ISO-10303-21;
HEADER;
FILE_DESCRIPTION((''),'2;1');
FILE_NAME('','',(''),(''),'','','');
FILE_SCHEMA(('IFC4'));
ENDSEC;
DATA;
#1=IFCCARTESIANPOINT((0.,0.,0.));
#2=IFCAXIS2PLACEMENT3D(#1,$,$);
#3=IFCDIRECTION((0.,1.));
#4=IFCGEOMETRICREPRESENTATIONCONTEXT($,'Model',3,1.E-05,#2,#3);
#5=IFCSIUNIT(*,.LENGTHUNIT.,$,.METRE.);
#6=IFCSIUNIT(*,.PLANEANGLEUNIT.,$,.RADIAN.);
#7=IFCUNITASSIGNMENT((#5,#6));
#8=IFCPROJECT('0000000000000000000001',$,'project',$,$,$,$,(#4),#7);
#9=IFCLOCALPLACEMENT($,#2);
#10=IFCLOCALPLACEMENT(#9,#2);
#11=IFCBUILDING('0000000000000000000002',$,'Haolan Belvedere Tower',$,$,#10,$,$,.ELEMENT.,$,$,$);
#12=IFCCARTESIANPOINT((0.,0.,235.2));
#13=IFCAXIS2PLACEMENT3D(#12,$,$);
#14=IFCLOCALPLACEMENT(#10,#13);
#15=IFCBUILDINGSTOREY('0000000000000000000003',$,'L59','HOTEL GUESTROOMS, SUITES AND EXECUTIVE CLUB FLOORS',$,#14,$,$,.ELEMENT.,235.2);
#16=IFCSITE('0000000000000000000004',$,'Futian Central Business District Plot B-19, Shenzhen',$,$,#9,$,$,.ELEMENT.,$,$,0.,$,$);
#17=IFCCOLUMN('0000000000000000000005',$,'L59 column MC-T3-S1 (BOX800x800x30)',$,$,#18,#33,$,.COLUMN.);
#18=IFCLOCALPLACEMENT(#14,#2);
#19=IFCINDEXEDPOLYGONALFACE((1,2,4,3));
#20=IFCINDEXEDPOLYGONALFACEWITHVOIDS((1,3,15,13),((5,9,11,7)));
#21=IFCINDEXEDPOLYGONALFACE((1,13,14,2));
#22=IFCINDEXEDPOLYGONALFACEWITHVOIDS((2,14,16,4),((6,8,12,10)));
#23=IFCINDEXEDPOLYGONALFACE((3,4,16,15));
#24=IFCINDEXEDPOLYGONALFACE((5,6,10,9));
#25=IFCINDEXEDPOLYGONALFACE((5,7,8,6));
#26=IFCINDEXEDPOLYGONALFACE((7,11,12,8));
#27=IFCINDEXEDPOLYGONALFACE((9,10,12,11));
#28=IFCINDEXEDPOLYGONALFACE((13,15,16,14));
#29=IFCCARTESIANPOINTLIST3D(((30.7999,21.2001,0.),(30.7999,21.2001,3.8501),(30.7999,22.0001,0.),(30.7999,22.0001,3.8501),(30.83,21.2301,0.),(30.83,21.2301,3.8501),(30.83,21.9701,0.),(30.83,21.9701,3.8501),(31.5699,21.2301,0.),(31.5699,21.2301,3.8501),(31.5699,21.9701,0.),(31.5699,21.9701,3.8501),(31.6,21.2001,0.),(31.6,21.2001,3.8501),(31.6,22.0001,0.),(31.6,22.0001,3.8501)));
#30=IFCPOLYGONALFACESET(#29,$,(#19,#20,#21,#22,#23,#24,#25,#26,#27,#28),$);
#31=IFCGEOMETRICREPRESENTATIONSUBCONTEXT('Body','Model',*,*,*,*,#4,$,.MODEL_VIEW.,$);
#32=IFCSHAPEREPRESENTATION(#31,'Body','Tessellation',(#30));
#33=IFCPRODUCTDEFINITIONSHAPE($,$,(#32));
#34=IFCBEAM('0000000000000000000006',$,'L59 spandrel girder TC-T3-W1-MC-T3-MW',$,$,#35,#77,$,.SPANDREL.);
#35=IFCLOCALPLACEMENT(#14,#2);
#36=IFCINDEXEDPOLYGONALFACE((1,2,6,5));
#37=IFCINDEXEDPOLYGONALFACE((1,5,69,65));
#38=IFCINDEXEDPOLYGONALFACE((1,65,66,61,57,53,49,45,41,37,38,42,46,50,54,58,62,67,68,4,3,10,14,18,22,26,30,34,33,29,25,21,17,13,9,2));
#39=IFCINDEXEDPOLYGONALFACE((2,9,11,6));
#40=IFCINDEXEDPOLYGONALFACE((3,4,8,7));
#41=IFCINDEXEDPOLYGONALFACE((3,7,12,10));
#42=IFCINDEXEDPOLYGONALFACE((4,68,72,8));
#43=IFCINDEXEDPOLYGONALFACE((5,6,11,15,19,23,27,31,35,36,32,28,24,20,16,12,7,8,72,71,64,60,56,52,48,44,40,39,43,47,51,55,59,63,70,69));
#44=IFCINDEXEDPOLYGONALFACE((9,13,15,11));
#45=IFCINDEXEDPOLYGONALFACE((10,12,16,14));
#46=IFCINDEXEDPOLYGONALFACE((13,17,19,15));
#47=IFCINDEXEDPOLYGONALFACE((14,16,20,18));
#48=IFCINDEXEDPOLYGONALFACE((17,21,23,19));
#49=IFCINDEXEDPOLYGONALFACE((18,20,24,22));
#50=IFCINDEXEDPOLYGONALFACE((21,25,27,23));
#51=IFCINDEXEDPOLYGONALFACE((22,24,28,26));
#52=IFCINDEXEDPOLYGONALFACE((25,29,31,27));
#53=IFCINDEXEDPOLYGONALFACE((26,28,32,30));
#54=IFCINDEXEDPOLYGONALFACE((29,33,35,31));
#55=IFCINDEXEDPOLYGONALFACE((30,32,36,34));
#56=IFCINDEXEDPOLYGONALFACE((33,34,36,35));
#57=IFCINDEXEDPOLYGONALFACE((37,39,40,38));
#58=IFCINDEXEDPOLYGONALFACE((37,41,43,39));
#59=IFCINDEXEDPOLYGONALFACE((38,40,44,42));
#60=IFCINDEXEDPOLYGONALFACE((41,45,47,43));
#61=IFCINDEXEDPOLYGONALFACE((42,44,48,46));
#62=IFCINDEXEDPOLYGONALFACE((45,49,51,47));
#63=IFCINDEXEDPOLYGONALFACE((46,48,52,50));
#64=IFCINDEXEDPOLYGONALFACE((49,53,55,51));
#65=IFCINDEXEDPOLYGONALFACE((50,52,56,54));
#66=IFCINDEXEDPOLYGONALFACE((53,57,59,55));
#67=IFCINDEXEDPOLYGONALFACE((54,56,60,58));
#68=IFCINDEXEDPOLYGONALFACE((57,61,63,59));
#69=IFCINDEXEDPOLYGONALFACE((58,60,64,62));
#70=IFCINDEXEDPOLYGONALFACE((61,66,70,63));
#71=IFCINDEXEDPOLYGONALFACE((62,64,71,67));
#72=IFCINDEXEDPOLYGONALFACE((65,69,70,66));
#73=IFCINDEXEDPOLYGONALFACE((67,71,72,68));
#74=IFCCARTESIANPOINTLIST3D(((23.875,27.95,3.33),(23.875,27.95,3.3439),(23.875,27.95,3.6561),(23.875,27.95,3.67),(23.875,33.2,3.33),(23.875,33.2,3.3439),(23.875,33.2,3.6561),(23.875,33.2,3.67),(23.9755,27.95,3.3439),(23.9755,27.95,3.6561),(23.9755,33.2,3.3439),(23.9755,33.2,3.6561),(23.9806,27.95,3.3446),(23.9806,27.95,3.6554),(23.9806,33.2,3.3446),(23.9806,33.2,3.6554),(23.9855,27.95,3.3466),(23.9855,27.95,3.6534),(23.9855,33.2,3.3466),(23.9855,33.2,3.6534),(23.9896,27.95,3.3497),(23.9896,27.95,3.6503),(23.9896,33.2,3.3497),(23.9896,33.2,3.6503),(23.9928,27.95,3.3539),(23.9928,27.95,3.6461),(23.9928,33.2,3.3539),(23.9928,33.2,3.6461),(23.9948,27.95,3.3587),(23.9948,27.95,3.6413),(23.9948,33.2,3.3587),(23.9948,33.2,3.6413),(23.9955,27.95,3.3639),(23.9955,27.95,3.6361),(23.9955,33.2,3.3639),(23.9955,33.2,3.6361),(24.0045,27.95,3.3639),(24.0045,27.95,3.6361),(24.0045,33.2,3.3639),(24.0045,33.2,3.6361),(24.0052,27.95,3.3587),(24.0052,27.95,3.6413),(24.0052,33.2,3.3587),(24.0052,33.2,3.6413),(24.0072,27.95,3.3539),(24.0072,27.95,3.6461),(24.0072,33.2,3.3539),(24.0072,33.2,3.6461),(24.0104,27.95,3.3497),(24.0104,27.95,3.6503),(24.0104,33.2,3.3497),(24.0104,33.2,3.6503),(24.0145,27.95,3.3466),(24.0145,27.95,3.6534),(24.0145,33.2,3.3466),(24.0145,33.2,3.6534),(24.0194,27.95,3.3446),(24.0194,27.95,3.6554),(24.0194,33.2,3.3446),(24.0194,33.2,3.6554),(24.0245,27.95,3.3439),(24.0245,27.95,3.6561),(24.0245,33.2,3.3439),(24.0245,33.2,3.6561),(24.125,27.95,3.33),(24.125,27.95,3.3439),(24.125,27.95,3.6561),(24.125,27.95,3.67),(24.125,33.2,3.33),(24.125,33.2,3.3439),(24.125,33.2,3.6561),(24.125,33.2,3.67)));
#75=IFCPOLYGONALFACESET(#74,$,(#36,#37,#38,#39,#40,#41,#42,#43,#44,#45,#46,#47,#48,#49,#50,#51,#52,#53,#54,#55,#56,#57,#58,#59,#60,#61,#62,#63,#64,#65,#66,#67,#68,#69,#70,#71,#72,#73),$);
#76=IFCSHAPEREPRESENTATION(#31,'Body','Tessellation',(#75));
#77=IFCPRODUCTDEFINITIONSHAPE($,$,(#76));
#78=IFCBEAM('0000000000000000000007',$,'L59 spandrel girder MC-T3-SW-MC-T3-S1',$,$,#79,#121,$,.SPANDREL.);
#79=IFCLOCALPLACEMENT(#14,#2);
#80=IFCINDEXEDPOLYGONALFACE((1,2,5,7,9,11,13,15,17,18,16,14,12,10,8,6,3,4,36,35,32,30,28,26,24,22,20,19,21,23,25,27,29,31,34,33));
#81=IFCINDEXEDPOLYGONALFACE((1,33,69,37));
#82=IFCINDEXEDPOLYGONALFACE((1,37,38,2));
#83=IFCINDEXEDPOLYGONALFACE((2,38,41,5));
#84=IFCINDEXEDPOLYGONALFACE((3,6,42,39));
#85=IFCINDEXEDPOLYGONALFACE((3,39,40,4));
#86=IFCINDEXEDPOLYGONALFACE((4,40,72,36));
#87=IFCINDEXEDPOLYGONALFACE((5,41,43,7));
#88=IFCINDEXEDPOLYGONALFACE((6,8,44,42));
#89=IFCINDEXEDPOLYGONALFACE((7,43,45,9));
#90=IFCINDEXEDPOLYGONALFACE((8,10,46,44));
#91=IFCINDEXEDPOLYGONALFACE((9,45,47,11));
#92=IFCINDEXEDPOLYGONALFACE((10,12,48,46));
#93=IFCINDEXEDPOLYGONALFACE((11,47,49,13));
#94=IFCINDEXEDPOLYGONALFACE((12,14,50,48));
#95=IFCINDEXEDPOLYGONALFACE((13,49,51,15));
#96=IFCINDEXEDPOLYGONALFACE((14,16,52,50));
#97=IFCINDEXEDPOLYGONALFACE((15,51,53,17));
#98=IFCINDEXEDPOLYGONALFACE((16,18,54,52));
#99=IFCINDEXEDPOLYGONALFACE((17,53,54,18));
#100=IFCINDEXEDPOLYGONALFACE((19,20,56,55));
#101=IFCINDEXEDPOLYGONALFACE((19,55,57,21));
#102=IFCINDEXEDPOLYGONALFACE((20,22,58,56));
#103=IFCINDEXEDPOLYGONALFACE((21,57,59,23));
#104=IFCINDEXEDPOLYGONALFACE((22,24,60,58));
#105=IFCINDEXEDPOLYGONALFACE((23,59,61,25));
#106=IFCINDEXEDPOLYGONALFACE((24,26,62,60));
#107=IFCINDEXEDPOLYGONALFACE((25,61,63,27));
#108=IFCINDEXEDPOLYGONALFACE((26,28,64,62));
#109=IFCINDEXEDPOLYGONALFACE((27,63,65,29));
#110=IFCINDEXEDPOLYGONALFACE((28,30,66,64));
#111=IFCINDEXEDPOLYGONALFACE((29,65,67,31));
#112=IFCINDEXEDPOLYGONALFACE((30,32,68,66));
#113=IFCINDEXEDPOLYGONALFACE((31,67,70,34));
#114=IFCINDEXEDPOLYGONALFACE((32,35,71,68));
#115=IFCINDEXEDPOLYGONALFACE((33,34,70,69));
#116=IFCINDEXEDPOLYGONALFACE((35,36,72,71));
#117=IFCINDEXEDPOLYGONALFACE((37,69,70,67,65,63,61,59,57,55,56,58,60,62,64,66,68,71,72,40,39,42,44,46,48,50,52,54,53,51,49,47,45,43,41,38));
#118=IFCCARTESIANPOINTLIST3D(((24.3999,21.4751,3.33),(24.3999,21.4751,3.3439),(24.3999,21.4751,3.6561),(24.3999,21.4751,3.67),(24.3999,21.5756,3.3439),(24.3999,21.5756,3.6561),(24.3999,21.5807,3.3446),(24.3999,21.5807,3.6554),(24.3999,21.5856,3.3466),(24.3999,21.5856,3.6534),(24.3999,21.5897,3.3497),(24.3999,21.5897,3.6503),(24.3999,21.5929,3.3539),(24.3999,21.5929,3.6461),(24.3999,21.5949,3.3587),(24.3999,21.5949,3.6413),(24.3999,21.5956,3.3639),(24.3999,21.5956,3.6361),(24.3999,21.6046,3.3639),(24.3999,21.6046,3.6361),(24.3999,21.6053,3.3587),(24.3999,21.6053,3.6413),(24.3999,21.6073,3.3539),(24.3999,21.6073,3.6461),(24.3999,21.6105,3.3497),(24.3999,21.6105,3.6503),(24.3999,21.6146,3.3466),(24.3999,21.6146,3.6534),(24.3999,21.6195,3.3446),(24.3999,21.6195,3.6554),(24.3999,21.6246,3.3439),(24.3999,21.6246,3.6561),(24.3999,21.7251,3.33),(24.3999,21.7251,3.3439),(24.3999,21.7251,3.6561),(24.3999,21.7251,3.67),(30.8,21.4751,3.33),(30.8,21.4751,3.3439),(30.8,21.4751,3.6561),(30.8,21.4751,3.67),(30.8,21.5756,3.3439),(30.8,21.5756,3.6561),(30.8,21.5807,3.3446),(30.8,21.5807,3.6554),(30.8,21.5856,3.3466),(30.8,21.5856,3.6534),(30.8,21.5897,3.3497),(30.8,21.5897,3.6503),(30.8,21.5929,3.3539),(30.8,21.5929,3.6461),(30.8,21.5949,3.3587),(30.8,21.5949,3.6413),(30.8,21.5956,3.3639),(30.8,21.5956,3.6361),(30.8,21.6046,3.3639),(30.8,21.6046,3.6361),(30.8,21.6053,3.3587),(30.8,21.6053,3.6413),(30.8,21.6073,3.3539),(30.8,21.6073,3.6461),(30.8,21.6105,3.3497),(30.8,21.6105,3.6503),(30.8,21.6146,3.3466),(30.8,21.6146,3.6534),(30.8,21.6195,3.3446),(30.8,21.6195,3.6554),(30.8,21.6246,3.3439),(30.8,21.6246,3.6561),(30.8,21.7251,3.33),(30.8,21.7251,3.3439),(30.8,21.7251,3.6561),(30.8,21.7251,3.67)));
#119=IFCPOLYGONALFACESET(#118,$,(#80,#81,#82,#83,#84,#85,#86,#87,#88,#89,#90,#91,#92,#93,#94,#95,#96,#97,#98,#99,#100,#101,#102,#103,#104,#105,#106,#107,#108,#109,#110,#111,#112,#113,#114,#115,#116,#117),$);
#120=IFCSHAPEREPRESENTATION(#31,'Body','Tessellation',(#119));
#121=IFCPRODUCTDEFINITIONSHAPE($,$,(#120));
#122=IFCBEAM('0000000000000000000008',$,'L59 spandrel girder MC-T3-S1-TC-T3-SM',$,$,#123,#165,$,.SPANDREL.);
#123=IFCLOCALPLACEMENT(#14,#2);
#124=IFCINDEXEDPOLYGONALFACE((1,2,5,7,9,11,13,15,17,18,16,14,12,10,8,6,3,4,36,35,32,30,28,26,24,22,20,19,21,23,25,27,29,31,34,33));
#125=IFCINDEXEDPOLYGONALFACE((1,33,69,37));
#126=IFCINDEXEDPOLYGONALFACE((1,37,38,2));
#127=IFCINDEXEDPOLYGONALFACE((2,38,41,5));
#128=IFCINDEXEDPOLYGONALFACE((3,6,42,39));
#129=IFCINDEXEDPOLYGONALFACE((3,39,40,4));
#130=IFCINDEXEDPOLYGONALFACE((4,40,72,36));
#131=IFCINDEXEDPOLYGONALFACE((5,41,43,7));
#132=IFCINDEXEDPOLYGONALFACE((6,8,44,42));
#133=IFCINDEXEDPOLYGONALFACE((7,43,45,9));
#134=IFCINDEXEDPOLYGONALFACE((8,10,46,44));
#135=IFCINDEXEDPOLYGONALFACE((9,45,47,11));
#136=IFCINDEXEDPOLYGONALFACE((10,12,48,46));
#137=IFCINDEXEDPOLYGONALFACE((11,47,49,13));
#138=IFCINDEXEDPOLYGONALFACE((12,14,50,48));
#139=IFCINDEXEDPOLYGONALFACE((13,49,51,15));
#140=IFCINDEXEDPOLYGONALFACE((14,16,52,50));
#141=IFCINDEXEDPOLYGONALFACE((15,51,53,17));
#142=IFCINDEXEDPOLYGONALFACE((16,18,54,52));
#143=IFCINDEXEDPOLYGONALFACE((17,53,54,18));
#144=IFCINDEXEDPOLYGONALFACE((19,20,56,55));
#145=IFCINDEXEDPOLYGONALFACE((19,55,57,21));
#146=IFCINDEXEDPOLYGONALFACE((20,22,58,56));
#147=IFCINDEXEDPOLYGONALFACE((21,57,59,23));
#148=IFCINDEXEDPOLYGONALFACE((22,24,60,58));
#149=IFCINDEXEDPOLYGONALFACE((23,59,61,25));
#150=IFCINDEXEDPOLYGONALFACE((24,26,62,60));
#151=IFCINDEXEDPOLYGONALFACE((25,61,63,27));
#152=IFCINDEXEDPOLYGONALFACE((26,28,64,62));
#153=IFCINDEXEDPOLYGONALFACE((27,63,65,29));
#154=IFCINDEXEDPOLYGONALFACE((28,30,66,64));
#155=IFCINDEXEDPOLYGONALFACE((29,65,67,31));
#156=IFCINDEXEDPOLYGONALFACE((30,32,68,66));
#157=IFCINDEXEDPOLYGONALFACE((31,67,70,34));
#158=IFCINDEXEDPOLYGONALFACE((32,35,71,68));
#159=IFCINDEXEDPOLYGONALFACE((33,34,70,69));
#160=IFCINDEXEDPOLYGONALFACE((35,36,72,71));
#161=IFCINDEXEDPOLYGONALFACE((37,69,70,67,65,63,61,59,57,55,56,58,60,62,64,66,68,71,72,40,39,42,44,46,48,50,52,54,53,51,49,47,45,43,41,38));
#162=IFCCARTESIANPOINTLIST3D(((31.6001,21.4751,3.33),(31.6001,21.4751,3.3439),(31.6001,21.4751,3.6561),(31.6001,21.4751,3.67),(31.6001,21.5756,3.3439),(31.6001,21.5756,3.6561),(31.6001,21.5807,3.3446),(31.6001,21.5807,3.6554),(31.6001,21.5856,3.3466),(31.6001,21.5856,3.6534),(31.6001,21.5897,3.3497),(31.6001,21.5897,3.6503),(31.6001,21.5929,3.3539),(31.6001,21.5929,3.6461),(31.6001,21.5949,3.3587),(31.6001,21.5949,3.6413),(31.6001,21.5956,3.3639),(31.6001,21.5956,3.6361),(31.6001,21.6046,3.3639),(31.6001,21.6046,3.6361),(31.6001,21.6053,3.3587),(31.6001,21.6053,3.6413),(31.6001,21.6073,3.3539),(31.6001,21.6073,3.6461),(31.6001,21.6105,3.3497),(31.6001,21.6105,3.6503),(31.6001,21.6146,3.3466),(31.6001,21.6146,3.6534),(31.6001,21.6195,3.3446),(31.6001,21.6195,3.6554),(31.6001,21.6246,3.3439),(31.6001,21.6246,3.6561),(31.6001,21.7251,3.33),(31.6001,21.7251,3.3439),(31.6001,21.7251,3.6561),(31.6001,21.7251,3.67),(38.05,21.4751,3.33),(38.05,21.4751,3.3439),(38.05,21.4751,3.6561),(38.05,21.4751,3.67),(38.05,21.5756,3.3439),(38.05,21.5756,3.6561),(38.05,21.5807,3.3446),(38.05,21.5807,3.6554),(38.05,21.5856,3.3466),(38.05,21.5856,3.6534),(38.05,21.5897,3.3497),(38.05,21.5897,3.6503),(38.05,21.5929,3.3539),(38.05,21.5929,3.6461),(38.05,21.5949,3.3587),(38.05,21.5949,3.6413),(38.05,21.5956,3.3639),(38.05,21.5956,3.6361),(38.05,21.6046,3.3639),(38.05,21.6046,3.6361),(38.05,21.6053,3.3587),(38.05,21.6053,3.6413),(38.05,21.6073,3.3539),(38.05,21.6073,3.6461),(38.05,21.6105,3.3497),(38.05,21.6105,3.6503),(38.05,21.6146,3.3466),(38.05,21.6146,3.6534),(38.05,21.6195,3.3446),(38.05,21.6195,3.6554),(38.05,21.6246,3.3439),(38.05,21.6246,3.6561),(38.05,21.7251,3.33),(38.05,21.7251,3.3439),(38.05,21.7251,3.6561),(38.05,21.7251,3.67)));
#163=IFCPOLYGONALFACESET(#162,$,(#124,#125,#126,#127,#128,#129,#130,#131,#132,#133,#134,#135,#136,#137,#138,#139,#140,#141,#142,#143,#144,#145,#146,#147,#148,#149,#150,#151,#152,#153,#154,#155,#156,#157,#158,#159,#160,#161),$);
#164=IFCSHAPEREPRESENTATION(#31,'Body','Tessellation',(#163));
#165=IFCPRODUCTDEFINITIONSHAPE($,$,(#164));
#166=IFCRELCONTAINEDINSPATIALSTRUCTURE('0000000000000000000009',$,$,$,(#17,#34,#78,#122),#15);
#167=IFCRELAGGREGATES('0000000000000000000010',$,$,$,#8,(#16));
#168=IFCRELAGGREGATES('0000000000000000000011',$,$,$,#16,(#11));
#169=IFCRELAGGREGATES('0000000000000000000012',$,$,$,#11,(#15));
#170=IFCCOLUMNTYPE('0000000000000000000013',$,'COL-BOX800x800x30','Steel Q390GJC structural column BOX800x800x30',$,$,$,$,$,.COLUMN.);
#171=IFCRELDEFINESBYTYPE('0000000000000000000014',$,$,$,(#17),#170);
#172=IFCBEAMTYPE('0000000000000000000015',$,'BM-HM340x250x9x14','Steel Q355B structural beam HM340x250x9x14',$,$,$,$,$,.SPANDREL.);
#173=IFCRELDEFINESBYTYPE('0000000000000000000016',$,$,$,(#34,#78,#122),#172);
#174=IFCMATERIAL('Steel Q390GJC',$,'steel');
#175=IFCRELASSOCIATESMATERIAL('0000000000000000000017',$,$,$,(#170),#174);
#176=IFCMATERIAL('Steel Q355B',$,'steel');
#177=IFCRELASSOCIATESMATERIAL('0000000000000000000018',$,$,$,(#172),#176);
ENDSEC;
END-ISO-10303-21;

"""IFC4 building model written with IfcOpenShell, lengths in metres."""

from ifc_helpers import new_model, si_unit, direction, frame, origin, origin_2d, place, context, subcontext, project, spatial, hollow_rectangle, i_section, extrude, material, material_profile, profile_set, type_object, element, save


model = new_model("IFC4")

# Units and contexts
model_context = context("Model", 3, precision=1e-05, world=origin(), true_north=direction((0.0, 1.0)))
body_context = subcontext(model_context, "Body", "Model", "MODEL_VIEW")
ifc_project = project(units=[si_unit("LENGTHUNIT", "METRE"), si_unit("PLANEANGLEUNIT", "RADIAN")], contexts=[model_context])

# Site, building, storey
site_placement = place(None, origin())
site = spatial("IfcSite", under=ifc_project, at=site_placement, Name="Futian Central Business District Plot B-19, Shenzhen", CompositionType="ELEMENT", RefElevation=0.0)
building_placement = place(site_placement, origin())
building = spatial("IfcBuilding", under=site, at=building_placement, Name="Haolan Belvedere Tower", CompositionType="ELEMENT")
storey_placement = place(building_placement, frame((0.0, 0.0, 235.2)))
storey = spatial("IfcBuildingStorey", under=building, at=storey_placement, Name="L59", Description="HOTEL GUESTROOMS, SUITES AND EXECUTIVE CLUB FLOORS", CompositionType="ELEMENT", Elevation=235.2)

# Column
ifc_material_1 = material(Name="Steel Q390GJC", Category="steel")
ifc_material_profile_1 = material_profile(ifc_material_1, hollow_rectangle(XDim=0.8, YDim=0.8, WallThickness=0.03, at=origin_2d()), Name="Steel Q390GJC")
ifc_profile_set_1 = profile_set([ifc_material_profile_1], Name="Steel Q390GJC")
column_type = type_object("IfcColumnType", Name="COL-BOX800x800x30", Description="Steel Q390GJC structural column BOX800x800x30", PredefinedType="COLUMN", material=ifc_profile_set_1)
column_placement = place(storey_placement, frame((31.2, 21.6001, 0.0), z_axis=(0.0, 0.0, 1.0), x_axis=(1.0, 0.0, 0.0)))
element("IfcColumn", 1, at=column_placement, inside=storey, type_object=column_type, Name="L59 column MC-T3-S1 (BOX800x800x30)", PredefinedType="COLUMN", context=body_context, shape_type="SweptSolid", body=[
    extrude(hollow_rectangle(XDim=0.8, YDim=0.8, WallThickness=0.03, at=origin_2d()), origin(), (0.0, 0.0, 1.0), 3.8501),
])

# Beams
ifc_material_2 = material(Name="Steel Q355B", Category="steel")
ifc_material_profile_2 = material_profile(ifc_material_2, i_section(OverallWidth=0.25, OverallDepth=0.3401, WebThickness=0.009, FlangeThickness=0.0139, FilletRadius=0.02, at=origin_2d()), Name="Steel Q355B")
ifc_profile_set_2 = profile_set([ifc_material_profile_2], Name="Steel Q355B")
beam_type_1 = type_object("IfcBeamType", Name="BM-HM340x250x9x14", Description="Steel Q355B structural beam HM340x250x9x14", PredefinedType="SPANDREL", material=ifc_profile_set_2)
beam_1_placement = place(storey_placement, frame((24.0, 27.95, 3.5), z_axis=(0.0, 1.0, 0.0), x_axis=(-1.0, 0.0, 0.0)))
element("IfcBeam", 2, at=beam_1_placement, inside=storey, type_object=beam_type_1, Name="L59 spandrel girder TC-T3-W1-MC-T3-MW", PredefinedType="SPANDREL", context=body_context, shape_type="SweptSolid", body=[
    extrude(i_section(OverallWidth=0.25, OverallDepth=0.3401, WebThickness=0.009, FlangeThickness=0.0139, FilletRadius=0.02, at=origin_2d()), origin(), (0.0, 0.0, 1.0), 5.25),
])
beam_2_placement = place(storey_placement, frame((24.3999, 21.6001, 3.5), z_axis=(1.0, 0.0, 0.0), x_axis=(0.0, 1.0, 0.0)))
element("IfcBeam", 3, at=beam_2_placement, inside=storey, type_object=beam_type_1, Name="L59 spandrel girder MC-T3-SW-MC-T3-S1", PredefinedType="SPANDREL", context=body_context, shape_type="SweptSolid", body=[
    extrude(i_section(OverallWidth=0.25, OverallDepth=0.3401, WebThickness=0.009, FlangeThickness=0.0139, FilletRadius=0.02, at=origin_2d()), origin(), (0.0, 0.0, 1.0), 6.4001),
])
beam_3_placement = place(storey_placement, frame((31.6001, 21.6001, 3.5), z_axis=(1.0, 0.0, 0.0), x_axis=(0.0, 1.0, 0.0)))
element("IfcBeam", 4, at=beam_3_placement, inside=storey, type_object=beam_type_1, Name="L59 spandrel girder MC-T3-S1-TC-T3-SM", PredefinedType="SPANDREL", context=body_context, shape_type="SweptSolid", body=[
    extrude(i_section(OverallWidth=0.25, OverallDepth=0.3401, WebThickness=0.009, FlangeThickness=0.0139, FilletRadius=0.02, at=origin_2d()), origin(), (0.0, 0.0, 1.0), 6.45),
])

save(model, "model.ifc")
